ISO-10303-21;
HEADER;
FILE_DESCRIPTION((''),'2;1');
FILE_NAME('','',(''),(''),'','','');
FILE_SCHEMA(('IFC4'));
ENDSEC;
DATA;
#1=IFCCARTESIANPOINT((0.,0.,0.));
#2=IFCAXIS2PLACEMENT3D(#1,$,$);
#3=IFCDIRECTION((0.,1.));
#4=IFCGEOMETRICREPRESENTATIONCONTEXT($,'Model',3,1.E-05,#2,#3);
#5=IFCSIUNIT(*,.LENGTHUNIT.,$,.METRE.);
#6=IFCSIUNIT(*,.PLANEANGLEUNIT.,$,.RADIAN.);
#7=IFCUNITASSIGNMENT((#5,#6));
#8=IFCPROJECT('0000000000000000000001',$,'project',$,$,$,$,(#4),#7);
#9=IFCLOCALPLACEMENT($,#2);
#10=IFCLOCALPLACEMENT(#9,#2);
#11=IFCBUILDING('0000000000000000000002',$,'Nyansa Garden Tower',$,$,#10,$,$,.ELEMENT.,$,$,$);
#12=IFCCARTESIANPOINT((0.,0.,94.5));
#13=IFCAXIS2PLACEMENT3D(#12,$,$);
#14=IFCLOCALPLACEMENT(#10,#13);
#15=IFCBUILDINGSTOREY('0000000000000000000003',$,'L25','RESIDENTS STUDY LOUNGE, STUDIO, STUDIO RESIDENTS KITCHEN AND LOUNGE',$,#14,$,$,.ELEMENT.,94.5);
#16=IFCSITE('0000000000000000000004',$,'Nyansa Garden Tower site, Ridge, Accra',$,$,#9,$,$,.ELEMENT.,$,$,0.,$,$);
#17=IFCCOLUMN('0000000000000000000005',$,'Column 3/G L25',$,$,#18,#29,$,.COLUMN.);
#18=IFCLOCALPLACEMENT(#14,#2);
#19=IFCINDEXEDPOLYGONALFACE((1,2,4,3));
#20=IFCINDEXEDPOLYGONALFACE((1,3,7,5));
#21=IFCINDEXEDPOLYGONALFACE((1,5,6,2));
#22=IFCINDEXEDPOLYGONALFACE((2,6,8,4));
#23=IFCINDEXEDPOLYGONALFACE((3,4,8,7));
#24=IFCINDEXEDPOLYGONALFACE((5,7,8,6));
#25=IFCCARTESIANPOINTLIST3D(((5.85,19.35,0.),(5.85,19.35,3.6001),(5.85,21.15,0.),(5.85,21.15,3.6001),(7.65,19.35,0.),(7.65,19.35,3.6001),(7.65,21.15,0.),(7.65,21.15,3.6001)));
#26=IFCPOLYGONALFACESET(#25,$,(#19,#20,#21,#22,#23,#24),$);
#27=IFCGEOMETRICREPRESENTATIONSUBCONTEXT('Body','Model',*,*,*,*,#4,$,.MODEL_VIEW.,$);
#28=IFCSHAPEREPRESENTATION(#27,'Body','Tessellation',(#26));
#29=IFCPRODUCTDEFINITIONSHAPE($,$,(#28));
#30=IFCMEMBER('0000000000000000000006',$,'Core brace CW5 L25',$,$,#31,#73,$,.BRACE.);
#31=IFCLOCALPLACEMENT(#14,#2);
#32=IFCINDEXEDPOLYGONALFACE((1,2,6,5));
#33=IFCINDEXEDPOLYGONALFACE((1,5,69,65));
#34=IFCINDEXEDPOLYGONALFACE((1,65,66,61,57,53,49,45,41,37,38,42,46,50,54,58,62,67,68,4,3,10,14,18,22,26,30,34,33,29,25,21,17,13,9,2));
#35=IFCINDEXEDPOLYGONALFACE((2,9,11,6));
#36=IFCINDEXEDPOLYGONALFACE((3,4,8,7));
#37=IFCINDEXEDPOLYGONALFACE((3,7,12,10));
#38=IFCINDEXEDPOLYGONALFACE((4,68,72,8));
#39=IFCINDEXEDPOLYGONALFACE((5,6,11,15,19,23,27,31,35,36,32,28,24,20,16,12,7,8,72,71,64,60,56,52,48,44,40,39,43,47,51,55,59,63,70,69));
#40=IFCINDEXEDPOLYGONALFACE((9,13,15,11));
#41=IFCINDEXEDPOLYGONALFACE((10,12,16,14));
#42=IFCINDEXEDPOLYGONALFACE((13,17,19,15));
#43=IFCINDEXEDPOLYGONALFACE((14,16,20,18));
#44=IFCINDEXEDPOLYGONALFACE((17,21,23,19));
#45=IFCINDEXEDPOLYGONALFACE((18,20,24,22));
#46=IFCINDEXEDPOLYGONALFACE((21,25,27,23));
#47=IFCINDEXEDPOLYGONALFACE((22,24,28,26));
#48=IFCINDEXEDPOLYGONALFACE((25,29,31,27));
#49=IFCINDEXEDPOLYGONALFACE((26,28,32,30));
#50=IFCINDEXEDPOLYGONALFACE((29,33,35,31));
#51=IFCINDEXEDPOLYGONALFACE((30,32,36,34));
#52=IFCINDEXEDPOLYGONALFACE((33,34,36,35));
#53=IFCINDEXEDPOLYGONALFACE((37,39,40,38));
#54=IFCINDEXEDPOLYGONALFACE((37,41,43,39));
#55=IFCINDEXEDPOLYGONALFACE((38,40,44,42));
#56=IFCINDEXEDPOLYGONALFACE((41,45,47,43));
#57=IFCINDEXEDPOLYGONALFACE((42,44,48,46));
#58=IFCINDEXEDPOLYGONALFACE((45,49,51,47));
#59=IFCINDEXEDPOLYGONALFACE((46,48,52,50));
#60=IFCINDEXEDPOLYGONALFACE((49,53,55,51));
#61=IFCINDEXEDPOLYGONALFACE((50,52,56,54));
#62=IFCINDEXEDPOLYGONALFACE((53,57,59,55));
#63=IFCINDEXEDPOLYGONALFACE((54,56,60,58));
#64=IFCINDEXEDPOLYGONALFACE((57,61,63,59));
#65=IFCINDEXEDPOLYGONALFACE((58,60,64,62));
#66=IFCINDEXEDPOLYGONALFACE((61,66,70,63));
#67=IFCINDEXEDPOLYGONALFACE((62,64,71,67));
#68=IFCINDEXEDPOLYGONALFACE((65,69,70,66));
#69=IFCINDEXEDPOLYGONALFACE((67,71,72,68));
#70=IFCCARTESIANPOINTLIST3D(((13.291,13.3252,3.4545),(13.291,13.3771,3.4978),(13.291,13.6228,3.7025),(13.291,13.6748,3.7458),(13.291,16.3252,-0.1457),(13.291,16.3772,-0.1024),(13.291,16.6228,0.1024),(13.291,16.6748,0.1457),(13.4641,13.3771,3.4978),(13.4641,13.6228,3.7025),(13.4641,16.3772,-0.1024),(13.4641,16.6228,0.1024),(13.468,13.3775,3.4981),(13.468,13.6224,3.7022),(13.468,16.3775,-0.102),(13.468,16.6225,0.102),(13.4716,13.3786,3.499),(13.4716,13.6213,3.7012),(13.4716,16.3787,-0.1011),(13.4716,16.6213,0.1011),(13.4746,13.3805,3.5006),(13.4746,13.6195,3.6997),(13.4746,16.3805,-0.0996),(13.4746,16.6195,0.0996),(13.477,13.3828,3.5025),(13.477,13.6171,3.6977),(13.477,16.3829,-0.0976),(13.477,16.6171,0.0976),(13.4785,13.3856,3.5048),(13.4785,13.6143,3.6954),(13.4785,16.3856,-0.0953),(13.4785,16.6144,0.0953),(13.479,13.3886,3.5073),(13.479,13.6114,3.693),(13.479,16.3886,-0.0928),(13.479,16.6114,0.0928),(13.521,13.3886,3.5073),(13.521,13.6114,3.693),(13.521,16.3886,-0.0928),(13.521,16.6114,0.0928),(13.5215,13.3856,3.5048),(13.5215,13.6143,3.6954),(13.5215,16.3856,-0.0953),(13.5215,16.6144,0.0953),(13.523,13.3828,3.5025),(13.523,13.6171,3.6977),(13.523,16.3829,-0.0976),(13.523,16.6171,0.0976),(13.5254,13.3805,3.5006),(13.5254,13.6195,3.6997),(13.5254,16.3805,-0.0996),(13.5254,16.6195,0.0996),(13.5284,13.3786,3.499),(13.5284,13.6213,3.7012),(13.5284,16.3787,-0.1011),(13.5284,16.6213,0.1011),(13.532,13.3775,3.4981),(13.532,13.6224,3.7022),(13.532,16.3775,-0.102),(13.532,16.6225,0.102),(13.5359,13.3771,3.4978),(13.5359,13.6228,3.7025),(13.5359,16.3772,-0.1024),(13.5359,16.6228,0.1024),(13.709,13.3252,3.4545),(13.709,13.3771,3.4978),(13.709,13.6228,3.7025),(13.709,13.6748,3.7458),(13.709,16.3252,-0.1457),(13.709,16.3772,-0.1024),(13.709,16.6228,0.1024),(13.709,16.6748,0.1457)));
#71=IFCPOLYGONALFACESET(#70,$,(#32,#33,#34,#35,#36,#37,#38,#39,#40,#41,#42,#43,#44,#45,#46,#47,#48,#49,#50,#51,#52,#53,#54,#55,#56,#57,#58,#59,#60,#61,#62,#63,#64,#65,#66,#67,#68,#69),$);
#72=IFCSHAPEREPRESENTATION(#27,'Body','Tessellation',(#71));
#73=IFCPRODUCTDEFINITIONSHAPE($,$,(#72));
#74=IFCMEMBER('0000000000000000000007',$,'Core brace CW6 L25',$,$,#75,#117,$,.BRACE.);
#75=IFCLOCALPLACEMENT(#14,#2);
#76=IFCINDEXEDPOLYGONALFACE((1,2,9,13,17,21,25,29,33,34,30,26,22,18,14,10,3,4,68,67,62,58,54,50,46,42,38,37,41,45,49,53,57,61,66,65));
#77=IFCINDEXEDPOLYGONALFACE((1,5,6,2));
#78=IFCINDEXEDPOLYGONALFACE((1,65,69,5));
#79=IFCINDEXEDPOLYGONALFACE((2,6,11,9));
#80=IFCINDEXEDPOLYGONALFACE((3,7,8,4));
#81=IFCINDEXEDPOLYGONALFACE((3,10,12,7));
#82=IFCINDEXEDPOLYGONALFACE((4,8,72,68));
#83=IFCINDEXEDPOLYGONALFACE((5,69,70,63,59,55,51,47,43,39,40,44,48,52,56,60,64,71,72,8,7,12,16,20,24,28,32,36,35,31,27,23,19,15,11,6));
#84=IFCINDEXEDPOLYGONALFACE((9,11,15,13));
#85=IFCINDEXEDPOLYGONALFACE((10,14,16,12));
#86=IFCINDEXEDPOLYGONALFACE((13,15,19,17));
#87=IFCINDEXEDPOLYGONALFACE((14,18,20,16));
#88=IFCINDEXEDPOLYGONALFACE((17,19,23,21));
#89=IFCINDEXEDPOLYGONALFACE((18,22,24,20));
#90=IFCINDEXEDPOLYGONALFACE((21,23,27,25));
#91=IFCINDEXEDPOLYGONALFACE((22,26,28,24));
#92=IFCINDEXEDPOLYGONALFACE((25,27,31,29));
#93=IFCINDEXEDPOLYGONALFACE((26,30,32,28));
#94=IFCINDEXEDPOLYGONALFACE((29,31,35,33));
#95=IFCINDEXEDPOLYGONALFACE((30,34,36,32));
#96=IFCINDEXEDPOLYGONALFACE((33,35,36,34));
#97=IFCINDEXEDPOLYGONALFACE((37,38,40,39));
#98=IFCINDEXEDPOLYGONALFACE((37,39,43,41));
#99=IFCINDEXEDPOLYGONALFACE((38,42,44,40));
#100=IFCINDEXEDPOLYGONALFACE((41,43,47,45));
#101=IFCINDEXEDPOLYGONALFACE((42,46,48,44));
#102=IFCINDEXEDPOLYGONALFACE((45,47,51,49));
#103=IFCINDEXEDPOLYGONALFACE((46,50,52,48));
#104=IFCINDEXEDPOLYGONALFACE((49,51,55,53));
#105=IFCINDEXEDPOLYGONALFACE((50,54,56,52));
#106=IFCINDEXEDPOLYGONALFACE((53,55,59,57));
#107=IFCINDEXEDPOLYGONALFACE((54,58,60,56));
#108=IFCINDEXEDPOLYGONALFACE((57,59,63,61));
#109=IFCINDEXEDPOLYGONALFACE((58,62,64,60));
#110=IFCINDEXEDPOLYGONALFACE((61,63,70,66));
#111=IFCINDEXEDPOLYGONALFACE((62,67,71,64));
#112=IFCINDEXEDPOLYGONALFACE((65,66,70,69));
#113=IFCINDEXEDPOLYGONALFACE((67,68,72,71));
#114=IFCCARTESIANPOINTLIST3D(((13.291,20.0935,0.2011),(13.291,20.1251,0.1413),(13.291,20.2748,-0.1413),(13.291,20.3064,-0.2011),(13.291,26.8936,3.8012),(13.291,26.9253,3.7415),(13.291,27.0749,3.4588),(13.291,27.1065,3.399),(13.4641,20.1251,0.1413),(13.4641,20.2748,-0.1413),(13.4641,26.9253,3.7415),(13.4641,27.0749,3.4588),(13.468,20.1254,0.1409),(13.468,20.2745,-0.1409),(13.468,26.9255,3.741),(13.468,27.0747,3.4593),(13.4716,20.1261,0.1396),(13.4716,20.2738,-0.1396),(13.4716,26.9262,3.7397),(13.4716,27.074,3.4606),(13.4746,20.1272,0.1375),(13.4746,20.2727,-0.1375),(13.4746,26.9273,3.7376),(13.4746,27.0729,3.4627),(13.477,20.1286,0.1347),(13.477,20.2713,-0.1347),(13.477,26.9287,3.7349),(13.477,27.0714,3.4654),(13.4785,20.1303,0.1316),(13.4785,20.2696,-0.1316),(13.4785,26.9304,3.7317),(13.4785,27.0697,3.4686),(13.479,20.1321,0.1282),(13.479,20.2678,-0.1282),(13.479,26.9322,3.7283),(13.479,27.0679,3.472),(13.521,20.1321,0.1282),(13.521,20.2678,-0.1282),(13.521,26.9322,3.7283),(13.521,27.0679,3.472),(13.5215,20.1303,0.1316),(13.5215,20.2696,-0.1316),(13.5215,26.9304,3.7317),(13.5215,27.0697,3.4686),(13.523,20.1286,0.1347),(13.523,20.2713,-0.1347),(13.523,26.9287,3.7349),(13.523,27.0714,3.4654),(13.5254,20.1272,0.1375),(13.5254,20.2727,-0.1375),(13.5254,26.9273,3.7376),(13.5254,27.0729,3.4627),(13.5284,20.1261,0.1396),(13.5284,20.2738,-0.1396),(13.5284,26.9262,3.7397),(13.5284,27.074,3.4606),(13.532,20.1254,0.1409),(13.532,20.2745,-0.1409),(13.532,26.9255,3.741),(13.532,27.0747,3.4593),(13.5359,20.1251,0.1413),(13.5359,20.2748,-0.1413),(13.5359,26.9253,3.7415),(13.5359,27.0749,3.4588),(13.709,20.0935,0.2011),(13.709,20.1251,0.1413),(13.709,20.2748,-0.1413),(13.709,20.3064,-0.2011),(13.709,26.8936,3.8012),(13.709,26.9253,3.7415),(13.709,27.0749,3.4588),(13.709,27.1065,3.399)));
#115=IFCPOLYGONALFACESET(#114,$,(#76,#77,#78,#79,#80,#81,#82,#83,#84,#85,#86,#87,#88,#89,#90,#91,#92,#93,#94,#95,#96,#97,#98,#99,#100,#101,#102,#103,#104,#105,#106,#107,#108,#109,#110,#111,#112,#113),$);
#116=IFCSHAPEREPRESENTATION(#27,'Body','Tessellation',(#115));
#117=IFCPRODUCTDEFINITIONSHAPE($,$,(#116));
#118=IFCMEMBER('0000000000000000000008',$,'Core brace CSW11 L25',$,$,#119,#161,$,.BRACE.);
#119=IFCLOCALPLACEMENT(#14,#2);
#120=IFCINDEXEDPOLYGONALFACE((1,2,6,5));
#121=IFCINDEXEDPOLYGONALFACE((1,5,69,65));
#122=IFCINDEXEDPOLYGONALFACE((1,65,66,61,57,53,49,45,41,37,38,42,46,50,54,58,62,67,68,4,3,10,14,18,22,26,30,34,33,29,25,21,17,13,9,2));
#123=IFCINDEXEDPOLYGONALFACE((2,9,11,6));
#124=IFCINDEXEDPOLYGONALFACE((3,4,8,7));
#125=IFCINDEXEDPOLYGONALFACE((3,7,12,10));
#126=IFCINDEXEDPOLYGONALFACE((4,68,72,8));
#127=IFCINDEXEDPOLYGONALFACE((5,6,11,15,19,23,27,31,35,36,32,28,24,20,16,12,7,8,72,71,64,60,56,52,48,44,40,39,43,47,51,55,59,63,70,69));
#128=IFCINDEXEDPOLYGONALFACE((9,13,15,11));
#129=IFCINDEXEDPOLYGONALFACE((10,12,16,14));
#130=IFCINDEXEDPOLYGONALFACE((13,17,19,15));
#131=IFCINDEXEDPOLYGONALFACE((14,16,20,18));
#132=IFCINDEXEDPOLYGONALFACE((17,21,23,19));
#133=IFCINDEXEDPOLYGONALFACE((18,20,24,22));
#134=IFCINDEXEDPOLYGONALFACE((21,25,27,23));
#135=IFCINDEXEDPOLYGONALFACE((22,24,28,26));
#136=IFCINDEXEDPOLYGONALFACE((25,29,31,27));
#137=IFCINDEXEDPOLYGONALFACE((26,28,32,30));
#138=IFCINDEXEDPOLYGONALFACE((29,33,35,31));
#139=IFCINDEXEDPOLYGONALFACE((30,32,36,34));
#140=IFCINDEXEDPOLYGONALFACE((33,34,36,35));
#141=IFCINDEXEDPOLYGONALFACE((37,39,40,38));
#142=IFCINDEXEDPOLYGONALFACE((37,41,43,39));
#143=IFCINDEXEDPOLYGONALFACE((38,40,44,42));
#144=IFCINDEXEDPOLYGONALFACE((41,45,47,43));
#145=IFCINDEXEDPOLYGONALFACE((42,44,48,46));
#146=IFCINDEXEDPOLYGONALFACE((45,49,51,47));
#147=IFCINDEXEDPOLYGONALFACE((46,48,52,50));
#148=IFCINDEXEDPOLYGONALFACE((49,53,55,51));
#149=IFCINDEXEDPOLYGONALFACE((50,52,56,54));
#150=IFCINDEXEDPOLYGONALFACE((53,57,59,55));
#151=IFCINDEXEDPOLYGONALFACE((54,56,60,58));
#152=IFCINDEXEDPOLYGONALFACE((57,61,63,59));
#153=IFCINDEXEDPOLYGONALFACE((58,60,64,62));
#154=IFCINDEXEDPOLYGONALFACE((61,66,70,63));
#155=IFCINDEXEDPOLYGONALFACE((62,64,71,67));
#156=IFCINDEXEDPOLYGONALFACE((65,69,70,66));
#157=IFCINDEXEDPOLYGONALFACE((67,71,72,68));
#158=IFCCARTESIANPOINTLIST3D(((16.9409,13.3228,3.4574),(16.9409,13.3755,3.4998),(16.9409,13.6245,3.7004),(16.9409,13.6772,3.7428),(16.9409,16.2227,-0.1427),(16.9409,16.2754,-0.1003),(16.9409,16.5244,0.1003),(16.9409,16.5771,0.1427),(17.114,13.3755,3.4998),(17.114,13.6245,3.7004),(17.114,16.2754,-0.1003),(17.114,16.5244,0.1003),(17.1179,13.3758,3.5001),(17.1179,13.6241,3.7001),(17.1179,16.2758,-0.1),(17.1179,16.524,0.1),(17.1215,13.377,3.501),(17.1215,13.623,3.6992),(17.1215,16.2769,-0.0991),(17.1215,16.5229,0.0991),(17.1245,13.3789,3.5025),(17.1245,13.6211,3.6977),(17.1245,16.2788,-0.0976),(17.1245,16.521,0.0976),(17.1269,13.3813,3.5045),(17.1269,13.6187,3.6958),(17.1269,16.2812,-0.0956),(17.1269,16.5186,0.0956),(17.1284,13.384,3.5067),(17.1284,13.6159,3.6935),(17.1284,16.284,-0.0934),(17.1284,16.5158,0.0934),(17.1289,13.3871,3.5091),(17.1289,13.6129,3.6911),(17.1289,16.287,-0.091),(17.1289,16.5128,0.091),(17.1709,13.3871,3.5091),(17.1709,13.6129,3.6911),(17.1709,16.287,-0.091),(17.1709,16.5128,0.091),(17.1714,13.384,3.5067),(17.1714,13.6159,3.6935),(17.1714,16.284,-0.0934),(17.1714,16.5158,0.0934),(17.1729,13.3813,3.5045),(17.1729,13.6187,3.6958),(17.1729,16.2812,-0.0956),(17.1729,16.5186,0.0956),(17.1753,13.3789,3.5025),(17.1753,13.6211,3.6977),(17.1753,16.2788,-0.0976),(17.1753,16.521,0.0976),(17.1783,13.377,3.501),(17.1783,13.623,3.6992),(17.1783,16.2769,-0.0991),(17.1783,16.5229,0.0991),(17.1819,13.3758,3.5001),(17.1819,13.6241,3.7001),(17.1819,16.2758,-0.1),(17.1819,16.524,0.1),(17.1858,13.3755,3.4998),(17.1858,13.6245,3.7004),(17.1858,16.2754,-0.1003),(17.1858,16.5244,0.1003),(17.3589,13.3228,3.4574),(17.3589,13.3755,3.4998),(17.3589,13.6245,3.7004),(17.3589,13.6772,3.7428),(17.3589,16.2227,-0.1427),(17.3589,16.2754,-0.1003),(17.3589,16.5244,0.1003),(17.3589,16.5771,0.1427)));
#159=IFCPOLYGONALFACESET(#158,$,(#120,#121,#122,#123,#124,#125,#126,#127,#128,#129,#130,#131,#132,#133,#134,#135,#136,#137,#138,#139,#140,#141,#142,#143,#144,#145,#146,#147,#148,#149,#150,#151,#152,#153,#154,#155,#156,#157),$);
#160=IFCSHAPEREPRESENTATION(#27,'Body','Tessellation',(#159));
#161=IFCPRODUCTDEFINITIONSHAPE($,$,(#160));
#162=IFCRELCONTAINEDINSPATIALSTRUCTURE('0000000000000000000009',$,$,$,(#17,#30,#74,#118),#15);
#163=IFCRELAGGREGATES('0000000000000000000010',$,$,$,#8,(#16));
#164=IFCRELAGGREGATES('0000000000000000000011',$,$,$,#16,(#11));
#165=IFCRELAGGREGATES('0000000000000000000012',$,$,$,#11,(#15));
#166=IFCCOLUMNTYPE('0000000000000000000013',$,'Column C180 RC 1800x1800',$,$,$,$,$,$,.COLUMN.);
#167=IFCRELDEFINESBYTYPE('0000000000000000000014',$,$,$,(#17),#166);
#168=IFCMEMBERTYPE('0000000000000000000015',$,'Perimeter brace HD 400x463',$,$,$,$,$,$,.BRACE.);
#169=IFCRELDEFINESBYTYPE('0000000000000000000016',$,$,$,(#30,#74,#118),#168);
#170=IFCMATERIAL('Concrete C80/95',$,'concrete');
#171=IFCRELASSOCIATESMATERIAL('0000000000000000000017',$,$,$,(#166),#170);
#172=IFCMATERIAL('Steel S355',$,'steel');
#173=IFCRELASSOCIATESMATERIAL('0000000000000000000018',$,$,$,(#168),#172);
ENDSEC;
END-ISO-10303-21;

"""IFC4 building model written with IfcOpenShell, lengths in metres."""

from ifc_helpers import new_model, si_unit, direction, frame, origin, origin_2d, place, context, subcontext, project, spatial, rectangle, i_section, extrude, material, material_profile, profile_set, type_object, element, save


model = new_model("IFC4")

# Units and contexts
model_context = context("Model", 3, precision=1e-05, world=origin(), true_north=direction((0.0, 1.0)))
body_context = subcontext(model_context, "Body", "Model", "MODEL_VIEW")
ifc_project = project(units=[si_unit("LENGTHUNIT", "METRE"), si_unit("PLANEANGLEUNIT", "RADIAN")], contexts=[model_context])

# Site, building, storey
site_placement = place(None, origin())
site = spatial("IfcSite", under=ifc_project, at=site_placement, Name="Nyansa Garden Tower site, Ridge, Accra", CompositionType="ELEMENT", RefElevation=0.0)
building_placement = place(site_placement, origin())
building = spatial("IfcBuilding", under=site, at=building_placement, Name="Nyansa Garden Tower", CompositionType="ELEMENT")
storey_placement = place(building_placement, frame((0.0, 0.0, 94.5)))
storey = spatial("IfcBuildingStorey", under=building, at=storey_placement, Name="L25", Description="RESIDENTS STUDY LOUNGE, STUDIO, STUDIO RESIDENTS KITCHEN AND LOUNGE", CompositionType="ELEMENT", Elevation=94.5)

# Column
ifc_material_1 = material(Name="Concrete C80/95", Category="concrete")
ifc_material_profile_1 = material_profile(ifc_material_1, rectangle(XDim=1.8, YDim=1.8, at=origin_2d()), Name="RC 1800x1800")
ifc_profile_set_1 = profile_set([ifc_material_profile_1], Name="Concrete C80/95")
column_type = type_object("IfcColumnType", Name="Column C180 RC 1800x1800", PredefinedType="COLUMN", material=ifc_profile_set_1)
column_placement = place(storey_placement, frame((6.75, 20.25, 0.0), z_axis=(0.0, 0.0, 1.0), x_axis=(1.0, 0.0, 0.0)))
element("IfcColumn", 1, at=column_placement, inside=storey, type_object=column_type, Name="Column 3/G L25", PredefinedType="COLUMN", context=body_context, shape_type="SweptSolid", body=[
    extrude(rectangle(XDim=1.8, YDim=1.8, at=origin_2d()), origin(), (0.0, 0.0, 1.0), 3.6001),
])

# Members
ifc_material_2 = material(Name="Steel S355", Category="steel")
ifc_material_profile_2 = material_profile(ifc_material_2, i_section(OverallWidth=0.418, OverallDepth=0.4551, WebThickness=0.042, FlangeThickness=0.0676, FilletRadius=0.0149, at=origin_2d()), Name="HD 400x463")
ifc_profile_set_2 = profile_set([ifc_material_profile_2], Name="Steel S355")
member_type = type_object("IfcMemberType", Name="Perimeter brace HD 400x463", PredefinedType="BRACE", material=ifc_profile_set_2)
member_1_placement = place(storey_placement, frame((13.5, 16.5, 0.0), z_axis=(0.0, -0.640174, 0.76823), x_axis=(1.0, 0.0, 0.0)))
element("IfcMember", 2, at=member_1_placement, inside=storey, type_object=member_type, Name="Core brace CW5 L25", PredefinedType="BRACE", context=body_context, shape_type="SweptSolid", body=[
    extrude(i_section(OverallWidth=0.418, OverallDepth=0.4551, WebThickness=0.042, FlangeThickness=0.0676, FilletRadius=0.0149, at=origin_2d()), origin(), (0.0, 0.0, 1.0), 4.6863),
])
member_2_placement = place(storey_placement, frame((13.5, 20.2, 0.0), z_axis=(0.0, 0.883784, 0.467895), x_axis=(-1.0, 0.0, 0.0)))
element("IfcMember", 3, at=member_2_placement, inside=storey, type_object=member_type, Name="Core brace CW6 L25", PredefinedType="BRACE", context=body_context, shape_type="SweptSolid", body=[
    extrude(i_section(OverallWidth=0.418, OverallDepth=0.4551, WebThickness=0.042, FlangeThickness=0.0676, FilletRadius=0.0149, at=origin_2d()), origin(), (0.0, 0.0, 1.0), 7.6943),
])
member_3_placement = place(storey_placement, frame((17.1499, 16.3999, 0.0), z_axis=(0.0, -0.627306, 0.778773), x_axis=(1.0, 0.0, 0.0)))
element("IfcMember", 4, at=member_3_placement, inside=storey, type_object=member_type, Name="Core brace CSW11 L25", PredefinedType="BRACE", context=body_context, shape_type="SweptSolid", body=[
    extrude(i_section(OverallWidth=0.418, OverallDepth=0.4551, WebThickness=0.042, FlangeThickness=0.0676, FilletRadius=0.0149, at=origin_2d()), origin(), (0.0, 0.0, 1.0), 4.6228),
])

save(model, "model.ifc")
